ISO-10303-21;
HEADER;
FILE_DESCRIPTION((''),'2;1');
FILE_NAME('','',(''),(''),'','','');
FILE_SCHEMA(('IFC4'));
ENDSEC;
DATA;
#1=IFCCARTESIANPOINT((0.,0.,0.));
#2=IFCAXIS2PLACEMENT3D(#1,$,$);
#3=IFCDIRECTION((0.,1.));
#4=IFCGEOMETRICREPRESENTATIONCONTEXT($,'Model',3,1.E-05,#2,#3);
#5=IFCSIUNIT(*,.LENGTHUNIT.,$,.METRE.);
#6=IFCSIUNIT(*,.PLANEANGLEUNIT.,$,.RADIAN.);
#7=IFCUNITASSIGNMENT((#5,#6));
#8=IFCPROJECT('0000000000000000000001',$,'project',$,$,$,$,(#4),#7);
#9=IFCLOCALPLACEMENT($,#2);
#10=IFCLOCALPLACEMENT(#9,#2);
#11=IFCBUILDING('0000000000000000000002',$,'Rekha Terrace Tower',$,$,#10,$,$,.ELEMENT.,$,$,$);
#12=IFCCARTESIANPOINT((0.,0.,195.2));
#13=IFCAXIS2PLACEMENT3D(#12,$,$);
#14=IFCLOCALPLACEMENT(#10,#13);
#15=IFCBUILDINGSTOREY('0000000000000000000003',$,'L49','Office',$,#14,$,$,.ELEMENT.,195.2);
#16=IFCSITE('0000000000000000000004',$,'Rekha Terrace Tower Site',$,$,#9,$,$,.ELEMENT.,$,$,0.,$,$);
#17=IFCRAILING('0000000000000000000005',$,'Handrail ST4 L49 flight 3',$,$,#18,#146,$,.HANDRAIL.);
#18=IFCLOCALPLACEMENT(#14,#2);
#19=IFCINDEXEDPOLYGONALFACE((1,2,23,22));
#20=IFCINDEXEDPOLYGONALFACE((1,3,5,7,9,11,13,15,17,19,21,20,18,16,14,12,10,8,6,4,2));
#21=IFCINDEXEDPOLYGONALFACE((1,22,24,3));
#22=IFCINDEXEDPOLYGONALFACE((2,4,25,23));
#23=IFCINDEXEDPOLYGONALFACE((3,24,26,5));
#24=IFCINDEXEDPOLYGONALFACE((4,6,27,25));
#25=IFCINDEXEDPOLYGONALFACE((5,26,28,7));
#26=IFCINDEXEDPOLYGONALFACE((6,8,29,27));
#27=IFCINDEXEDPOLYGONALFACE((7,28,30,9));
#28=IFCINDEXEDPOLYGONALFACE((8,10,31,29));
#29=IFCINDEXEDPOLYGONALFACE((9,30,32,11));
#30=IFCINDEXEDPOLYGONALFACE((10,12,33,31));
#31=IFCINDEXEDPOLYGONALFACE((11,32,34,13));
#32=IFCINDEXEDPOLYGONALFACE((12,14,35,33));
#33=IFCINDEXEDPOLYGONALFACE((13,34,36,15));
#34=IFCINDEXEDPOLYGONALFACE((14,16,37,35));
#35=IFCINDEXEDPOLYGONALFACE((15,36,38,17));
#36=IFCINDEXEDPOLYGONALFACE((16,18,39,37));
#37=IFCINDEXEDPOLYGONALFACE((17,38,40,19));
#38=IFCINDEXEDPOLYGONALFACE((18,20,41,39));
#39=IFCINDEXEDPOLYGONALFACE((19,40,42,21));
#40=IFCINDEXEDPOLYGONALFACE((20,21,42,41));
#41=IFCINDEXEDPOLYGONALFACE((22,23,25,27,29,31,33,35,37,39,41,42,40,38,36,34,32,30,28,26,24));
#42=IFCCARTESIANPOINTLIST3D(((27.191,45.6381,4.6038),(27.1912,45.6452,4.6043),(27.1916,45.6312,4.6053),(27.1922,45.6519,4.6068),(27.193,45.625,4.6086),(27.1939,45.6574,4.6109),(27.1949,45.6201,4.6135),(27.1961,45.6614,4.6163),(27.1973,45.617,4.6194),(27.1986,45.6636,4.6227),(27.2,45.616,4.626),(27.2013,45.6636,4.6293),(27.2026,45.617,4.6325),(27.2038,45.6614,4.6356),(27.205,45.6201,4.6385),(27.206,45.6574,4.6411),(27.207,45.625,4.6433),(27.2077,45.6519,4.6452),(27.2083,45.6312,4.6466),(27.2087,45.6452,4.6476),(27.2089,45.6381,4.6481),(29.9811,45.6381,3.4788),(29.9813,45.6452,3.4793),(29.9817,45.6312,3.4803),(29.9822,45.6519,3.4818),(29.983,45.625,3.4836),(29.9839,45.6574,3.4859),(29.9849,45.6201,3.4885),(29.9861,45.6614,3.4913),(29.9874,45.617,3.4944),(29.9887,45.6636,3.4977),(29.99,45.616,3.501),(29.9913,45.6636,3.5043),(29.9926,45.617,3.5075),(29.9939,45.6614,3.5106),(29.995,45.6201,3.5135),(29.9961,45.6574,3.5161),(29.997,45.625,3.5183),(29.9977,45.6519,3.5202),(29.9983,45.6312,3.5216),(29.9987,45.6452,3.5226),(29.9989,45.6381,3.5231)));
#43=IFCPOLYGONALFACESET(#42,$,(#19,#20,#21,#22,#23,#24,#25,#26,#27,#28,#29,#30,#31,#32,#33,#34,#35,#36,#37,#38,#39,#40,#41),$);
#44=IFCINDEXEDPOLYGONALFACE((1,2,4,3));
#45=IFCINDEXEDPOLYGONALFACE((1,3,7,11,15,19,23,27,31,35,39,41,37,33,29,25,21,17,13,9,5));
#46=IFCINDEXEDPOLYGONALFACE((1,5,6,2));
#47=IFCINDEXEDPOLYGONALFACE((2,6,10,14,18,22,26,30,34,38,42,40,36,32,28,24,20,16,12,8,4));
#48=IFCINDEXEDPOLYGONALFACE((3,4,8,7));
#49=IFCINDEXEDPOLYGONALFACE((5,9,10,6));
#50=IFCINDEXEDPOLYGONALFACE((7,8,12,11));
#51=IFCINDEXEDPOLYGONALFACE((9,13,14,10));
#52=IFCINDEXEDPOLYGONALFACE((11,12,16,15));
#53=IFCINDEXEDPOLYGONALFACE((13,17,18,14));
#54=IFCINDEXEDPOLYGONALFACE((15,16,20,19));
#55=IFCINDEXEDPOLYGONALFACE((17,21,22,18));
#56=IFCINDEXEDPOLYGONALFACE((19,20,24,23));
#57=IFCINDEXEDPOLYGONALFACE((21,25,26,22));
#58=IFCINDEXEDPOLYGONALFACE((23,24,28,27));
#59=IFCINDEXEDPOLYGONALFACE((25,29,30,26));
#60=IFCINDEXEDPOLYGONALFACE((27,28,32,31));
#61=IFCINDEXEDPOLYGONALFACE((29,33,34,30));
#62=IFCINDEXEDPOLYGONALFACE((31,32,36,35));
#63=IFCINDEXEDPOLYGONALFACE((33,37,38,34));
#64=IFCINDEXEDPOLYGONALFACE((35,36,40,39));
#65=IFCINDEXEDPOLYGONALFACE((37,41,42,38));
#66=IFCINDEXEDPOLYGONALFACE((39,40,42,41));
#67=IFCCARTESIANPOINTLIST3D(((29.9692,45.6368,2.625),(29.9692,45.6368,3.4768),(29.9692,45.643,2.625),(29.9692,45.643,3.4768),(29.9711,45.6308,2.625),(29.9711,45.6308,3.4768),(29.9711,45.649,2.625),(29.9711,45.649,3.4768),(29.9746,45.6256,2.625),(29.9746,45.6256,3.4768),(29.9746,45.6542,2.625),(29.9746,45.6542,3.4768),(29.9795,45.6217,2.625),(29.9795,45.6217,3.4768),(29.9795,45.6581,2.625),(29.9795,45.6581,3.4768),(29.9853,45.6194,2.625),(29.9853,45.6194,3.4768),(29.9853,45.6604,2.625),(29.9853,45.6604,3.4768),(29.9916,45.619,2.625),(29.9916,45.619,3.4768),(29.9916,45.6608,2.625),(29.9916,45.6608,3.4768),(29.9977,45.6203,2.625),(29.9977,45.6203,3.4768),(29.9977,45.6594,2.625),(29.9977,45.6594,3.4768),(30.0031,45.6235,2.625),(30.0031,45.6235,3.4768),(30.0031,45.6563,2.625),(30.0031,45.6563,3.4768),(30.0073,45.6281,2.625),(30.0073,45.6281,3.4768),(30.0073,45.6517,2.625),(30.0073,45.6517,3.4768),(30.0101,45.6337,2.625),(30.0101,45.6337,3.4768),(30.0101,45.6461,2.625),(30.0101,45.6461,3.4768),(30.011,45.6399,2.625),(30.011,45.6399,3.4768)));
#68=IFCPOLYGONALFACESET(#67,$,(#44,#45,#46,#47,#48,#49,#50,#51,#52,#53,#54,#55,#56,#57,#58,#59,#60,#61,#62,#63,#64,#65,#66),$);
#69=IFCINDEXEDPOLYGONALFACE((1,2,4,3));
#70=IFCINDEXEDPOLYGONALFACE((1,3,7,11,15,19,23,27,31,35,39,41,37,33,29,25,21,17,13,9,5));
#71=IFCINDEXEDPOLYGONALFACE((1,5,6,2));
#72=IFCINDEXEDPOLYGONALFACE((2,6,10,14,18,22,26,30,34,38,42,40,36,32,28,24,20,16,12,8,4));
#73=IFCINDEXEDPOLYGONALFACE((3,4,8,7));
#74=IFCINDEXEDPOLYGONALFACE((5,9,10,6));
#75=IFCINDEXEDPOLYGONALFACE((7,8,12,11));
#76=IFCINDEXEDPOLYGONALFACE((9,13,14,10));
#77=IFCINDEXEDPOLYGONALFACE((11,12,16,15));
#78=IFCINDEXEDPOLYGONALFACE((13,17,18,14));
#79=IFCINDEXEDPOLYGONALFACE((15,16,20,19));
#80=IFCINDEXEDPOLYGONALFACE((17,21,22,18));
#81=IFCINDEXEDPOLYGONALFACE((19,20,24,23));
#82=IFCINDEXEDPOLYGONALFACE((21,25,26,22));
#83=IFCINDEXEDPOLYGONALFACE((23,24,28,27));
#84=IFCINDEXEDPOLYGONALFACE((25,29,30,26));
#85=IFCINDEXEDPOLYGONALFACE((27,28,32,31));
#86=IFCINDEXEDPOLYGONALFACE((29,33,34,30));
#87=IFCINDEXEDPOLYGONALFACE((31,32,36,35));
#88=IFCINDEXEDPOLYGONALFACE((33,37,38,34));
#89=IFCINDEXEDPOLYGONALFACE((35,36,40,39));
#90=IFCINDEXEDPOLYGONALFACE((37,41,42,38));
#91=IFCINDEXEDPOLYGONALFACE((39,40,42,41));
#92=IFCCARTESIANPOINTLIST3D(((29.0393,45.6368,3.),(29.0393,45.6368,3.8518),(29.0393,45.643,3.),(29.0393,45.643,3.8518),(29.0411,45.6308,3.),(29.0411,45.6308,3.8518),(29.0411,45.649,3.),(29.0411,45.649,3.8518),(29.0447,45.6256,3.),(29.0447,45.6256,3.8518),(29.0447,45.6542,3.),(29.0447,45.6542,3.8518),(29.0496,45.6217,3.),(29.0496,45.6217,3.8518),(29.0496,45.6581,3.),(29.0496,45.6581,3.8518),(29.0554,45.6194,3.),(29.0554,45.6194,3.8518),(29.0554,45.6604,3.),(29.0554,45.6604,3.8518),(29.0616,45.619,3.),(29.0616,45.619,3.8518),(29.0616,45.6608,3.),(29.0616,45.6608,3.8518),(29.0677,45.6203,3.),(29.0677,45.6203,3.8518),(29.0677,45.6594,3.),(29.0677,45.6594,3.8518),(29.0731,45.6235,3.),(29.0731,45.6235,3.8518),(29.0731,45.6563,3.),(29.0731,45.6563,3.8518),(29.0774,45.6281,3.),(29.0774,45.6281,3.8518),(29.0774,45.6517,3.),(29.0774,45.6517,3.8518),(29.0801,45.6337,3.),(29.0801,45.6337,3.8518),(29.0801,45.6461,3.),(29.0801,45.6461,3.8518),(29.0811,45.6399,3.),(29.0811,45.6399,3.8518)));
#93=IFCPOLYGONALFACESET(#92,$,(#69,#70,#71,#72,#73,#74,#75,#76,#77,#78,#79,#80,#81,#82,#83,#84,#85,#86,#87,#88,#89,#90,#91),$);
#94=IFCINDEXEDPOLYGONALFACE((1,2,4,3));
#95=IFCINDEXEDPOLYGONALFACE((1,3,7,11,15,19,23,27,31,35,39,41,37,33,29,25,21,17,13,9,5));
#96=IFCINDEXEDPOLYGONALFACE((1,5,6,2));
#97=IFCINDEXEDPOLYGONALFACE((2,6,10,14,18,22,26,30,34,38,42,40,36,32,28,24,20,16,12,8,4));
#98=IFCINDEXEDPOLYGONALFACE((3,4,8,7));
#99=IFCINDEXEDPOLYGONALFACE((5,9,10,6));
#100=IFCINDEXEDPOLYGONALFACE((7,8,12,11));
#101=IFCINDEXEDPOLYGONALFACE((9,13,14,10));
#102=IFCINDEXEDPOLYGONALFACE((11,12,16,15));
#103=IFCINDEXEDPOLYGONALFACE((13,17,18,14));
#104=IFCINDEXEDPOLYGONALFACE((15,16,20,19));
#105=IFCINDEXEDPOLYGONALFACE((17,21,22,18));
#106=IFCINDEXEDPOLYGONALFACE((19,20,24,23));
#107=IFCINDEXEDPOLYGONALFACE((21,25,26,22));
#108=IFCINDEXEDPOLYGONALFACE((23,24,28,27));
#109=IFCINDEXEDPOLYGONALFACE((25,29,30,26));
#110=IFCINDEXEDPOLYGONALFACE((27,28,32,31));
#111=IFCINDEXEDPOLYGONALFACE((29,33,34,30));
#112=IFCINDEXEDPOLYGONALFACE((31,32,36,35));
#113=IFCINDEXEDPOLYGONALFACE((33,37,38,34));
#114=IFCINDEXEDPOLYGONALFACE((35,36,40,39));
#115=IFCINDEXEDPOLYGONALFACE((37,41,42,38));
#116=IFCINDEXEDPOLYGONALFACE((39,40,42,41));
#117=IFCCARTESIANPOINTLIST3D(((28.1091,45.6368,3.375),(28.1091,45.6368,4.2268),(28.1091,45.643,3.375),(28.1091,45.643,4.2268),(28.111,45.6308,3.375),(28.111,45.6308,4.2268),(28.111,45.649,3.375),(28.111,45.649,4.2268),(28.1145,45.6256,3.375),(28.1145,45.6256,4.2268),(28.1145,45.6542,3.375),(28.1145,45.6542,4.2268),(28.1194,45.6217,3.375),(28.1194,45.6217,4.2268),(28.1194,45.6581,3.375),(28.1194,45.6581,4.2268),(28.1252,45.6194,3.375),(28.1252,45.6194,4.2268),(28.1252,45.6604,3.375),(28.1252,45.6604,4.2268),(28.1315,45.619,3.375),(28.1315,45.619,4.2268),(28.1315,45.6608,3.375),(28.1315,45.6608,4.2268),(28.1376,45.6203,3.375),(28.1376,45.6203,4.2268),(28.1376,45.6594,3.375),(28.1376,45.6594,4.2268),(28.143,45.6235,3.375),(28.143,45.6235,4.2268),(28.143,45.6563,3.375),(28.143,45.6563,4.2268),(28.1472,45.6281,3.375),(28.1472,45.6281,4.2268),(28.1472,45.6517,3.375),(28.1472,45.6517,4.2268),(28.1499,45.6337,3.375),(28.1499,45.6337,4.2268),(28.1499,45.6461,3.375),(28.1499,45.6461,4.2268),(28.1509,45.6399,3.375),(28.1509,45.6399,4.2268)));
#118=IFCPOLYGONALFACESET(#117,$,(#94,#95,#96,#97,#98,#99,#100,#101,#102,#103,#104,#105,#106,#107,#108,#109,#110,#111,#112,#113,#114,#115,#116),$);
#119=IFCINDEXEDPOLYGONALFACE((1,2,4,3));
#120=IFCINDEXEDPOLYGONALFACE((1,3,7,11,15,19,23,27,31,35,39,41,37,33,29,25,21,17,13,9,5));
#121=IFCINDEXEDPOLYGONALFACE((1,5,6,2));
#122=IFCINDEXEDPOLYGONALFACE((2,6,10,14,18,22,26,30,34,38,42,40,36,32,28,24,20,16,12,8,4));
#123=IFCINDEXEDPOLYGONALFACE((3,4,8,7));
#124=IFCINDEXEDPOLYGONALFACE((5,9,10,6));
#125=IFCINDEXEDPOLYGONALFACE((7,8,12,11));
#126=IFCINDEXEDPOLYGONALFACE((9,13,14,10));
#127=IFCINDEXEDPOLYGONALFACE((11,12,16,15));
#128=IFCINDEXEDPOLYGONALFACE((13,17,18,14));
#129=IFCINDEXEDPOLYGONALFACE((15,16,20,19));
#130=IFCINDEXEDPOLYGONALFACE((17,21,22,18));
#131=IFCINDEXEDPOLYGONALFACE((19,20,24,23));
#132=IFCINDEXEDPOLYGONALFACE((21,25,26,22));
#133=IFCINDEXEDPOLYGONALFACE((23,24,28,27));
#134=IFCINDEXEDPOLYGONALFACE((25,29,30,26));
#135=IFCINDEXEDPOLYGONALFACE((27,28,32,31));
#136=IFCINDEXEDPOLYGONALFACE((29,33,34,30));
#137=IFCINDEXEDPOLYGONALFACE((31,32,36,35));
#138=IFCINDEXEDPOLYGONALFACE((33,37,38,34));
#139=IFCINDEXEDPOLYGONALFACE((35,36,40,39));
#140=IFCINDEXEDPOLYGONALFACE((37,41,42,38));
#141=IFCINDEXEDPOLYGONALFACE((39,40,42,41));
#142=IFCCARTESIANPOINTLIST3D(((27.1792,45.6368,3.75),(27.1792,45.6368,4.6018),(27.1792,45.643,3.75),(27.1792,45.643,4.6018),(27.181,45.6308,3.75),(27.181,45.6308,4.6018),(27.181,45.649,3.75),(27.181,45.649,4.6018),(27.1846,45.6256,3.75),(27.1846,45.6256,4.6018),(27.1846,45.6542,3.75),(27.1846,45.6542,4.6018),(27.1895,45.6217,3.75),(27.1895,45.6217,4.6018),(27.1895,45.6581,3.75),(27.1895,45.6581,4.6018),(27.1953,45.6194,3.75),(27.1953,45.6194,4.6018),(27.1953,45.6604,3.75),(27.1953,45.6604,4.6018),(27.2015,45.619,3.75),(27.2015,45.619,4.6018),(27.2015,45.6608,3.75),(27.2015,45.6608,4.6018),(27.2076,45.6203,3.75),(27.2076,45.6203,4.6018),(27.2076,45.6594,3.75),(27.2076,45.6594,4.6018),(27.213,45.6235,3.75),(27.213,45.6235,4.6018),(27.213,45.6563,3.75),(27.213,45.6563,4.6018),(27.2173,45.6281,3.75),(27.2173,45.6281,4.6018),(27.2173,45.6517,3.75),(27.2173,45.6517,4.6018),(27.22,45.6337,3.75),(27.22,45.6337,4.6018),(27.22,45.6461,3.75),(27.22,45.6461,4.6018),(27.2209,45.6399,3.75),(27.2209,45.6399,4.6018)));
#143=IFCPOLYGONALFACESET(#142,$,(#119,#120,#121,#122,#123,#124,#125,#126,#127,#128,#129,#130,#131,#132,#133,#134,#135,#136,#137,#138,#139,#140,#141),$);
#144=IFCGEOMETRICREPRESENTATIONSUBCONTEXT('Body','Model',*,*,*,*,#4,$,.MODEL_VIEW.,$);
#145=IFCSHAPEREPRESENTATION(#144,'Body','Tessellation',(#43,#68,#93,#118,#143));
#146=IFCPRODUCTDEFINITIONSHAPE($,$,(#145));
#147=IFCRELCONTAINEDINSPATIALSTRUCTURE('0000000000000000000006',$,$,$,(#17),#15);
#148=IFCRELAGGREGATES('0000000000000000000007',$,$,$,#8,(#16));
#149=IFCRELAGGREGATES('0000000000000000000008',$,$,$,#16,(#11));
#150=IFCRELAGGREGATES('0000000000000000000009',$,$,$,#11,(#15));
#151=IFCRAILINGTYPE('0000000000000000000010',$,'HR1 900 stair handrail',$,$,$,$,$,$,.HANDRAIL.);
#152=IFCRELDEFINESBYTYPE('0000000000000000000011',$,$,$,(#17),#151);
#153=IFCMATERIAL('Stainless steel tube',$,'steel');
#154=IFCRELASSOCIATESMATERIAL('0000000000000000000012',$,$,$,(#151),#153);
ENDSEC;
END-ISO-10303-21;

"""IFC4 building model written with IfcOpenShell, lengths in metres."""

from ifc_helpers import new_model, si_unit, direction, frame, origin, origin_2d, place, context, subcontext, project, spatial, circle, extrude, material, type_object, element, save


model = new_model("IFC4")

# Units and contexts
model_context = context("Model", 3, precision=1e-05, world=origin(), true_north=direction((0.0, 1.0)))
body_context = subcontext(model_context, "Body", "Model", "MODEL_VIEW")
ifc_project = project(units=[si_unit("LENGTHUNIT", "METRE"), si_unit("PLANEANGLEUNIT", "RADIAN")], contexts=[model_context])

# Site, building, storey
site_placement = place(None, origin())
site = spatial("IfcSite", under=ifc_project, at=site_placement, Name="Rekha Terrace Tower Site", CompositionType="ELEMENT", RefElevation=0.0)
building_placement = place(site_placement, origin())
building = spatial("IfcBuilding", under=site, at=building_placement, Name="Rekha Terrace Tower", CompositionType="ELEMENT")
storey_placement = place(building_placement, frame((0.0, 0.0, 195.2)))
storey = spatial("IfcBuildingStorey", under=building, at=storey_placement, Name="L49", Description="Office", CompositionType="ELEMENT", Elevation=195.2)

# Railing
ifc_material_1 = material(Name="Stainless steel tube", Category="steel")
railing_type = type_object("IfcRailingType", Name="HR1 900 stair handrail", PredefinedType="HANDRAIL", material=ifc_material_1)
railing_placement = place(storey_placement, frame((29.99, 45.6399, 2.625)))
element("IfcRailing", 1, at=railing_placement, inside=storey, type_object=railing_type, Name="Handrail ST4 L49 flight 3", PredefinedType="HANDRAIL", context=body_context, shape_type="SweptSolid", body=[
    extrude(circle(Radius=0.0239, at=origin_2d()), frame((0.0, 0.0, 0.876), z_axis=(-0.927443, 0.0, 0.373964), x_axis=(0.0, -1.0, 0.0)), (0.0, 0.0, 1.0), 3.0083),
    extrude(circle(Radius=0.021, at=origin_2d()), origin(), (0.0, 0.0, 1.0), 0.8518),
    extrude(circle(Radius=0.021, at=origin_2d()), frame((-0.9299, 0.0, 0.375)), (0.0, 0.0, 1.0), 0.8518),
    extrude(circle(Radius=0.021, at=origin_2d()), frame((-1.8601, 0.0, 0.75)), (0.0, 0.0, 1.0), 0.8518),
    extrude(circle(Radius=0.021, at=origin_2d()), frame((-2.79, 0.0, 1.125)), (0.0, 0.0, 1.0), 0.8518),
])

save(model, "model.ifc")
